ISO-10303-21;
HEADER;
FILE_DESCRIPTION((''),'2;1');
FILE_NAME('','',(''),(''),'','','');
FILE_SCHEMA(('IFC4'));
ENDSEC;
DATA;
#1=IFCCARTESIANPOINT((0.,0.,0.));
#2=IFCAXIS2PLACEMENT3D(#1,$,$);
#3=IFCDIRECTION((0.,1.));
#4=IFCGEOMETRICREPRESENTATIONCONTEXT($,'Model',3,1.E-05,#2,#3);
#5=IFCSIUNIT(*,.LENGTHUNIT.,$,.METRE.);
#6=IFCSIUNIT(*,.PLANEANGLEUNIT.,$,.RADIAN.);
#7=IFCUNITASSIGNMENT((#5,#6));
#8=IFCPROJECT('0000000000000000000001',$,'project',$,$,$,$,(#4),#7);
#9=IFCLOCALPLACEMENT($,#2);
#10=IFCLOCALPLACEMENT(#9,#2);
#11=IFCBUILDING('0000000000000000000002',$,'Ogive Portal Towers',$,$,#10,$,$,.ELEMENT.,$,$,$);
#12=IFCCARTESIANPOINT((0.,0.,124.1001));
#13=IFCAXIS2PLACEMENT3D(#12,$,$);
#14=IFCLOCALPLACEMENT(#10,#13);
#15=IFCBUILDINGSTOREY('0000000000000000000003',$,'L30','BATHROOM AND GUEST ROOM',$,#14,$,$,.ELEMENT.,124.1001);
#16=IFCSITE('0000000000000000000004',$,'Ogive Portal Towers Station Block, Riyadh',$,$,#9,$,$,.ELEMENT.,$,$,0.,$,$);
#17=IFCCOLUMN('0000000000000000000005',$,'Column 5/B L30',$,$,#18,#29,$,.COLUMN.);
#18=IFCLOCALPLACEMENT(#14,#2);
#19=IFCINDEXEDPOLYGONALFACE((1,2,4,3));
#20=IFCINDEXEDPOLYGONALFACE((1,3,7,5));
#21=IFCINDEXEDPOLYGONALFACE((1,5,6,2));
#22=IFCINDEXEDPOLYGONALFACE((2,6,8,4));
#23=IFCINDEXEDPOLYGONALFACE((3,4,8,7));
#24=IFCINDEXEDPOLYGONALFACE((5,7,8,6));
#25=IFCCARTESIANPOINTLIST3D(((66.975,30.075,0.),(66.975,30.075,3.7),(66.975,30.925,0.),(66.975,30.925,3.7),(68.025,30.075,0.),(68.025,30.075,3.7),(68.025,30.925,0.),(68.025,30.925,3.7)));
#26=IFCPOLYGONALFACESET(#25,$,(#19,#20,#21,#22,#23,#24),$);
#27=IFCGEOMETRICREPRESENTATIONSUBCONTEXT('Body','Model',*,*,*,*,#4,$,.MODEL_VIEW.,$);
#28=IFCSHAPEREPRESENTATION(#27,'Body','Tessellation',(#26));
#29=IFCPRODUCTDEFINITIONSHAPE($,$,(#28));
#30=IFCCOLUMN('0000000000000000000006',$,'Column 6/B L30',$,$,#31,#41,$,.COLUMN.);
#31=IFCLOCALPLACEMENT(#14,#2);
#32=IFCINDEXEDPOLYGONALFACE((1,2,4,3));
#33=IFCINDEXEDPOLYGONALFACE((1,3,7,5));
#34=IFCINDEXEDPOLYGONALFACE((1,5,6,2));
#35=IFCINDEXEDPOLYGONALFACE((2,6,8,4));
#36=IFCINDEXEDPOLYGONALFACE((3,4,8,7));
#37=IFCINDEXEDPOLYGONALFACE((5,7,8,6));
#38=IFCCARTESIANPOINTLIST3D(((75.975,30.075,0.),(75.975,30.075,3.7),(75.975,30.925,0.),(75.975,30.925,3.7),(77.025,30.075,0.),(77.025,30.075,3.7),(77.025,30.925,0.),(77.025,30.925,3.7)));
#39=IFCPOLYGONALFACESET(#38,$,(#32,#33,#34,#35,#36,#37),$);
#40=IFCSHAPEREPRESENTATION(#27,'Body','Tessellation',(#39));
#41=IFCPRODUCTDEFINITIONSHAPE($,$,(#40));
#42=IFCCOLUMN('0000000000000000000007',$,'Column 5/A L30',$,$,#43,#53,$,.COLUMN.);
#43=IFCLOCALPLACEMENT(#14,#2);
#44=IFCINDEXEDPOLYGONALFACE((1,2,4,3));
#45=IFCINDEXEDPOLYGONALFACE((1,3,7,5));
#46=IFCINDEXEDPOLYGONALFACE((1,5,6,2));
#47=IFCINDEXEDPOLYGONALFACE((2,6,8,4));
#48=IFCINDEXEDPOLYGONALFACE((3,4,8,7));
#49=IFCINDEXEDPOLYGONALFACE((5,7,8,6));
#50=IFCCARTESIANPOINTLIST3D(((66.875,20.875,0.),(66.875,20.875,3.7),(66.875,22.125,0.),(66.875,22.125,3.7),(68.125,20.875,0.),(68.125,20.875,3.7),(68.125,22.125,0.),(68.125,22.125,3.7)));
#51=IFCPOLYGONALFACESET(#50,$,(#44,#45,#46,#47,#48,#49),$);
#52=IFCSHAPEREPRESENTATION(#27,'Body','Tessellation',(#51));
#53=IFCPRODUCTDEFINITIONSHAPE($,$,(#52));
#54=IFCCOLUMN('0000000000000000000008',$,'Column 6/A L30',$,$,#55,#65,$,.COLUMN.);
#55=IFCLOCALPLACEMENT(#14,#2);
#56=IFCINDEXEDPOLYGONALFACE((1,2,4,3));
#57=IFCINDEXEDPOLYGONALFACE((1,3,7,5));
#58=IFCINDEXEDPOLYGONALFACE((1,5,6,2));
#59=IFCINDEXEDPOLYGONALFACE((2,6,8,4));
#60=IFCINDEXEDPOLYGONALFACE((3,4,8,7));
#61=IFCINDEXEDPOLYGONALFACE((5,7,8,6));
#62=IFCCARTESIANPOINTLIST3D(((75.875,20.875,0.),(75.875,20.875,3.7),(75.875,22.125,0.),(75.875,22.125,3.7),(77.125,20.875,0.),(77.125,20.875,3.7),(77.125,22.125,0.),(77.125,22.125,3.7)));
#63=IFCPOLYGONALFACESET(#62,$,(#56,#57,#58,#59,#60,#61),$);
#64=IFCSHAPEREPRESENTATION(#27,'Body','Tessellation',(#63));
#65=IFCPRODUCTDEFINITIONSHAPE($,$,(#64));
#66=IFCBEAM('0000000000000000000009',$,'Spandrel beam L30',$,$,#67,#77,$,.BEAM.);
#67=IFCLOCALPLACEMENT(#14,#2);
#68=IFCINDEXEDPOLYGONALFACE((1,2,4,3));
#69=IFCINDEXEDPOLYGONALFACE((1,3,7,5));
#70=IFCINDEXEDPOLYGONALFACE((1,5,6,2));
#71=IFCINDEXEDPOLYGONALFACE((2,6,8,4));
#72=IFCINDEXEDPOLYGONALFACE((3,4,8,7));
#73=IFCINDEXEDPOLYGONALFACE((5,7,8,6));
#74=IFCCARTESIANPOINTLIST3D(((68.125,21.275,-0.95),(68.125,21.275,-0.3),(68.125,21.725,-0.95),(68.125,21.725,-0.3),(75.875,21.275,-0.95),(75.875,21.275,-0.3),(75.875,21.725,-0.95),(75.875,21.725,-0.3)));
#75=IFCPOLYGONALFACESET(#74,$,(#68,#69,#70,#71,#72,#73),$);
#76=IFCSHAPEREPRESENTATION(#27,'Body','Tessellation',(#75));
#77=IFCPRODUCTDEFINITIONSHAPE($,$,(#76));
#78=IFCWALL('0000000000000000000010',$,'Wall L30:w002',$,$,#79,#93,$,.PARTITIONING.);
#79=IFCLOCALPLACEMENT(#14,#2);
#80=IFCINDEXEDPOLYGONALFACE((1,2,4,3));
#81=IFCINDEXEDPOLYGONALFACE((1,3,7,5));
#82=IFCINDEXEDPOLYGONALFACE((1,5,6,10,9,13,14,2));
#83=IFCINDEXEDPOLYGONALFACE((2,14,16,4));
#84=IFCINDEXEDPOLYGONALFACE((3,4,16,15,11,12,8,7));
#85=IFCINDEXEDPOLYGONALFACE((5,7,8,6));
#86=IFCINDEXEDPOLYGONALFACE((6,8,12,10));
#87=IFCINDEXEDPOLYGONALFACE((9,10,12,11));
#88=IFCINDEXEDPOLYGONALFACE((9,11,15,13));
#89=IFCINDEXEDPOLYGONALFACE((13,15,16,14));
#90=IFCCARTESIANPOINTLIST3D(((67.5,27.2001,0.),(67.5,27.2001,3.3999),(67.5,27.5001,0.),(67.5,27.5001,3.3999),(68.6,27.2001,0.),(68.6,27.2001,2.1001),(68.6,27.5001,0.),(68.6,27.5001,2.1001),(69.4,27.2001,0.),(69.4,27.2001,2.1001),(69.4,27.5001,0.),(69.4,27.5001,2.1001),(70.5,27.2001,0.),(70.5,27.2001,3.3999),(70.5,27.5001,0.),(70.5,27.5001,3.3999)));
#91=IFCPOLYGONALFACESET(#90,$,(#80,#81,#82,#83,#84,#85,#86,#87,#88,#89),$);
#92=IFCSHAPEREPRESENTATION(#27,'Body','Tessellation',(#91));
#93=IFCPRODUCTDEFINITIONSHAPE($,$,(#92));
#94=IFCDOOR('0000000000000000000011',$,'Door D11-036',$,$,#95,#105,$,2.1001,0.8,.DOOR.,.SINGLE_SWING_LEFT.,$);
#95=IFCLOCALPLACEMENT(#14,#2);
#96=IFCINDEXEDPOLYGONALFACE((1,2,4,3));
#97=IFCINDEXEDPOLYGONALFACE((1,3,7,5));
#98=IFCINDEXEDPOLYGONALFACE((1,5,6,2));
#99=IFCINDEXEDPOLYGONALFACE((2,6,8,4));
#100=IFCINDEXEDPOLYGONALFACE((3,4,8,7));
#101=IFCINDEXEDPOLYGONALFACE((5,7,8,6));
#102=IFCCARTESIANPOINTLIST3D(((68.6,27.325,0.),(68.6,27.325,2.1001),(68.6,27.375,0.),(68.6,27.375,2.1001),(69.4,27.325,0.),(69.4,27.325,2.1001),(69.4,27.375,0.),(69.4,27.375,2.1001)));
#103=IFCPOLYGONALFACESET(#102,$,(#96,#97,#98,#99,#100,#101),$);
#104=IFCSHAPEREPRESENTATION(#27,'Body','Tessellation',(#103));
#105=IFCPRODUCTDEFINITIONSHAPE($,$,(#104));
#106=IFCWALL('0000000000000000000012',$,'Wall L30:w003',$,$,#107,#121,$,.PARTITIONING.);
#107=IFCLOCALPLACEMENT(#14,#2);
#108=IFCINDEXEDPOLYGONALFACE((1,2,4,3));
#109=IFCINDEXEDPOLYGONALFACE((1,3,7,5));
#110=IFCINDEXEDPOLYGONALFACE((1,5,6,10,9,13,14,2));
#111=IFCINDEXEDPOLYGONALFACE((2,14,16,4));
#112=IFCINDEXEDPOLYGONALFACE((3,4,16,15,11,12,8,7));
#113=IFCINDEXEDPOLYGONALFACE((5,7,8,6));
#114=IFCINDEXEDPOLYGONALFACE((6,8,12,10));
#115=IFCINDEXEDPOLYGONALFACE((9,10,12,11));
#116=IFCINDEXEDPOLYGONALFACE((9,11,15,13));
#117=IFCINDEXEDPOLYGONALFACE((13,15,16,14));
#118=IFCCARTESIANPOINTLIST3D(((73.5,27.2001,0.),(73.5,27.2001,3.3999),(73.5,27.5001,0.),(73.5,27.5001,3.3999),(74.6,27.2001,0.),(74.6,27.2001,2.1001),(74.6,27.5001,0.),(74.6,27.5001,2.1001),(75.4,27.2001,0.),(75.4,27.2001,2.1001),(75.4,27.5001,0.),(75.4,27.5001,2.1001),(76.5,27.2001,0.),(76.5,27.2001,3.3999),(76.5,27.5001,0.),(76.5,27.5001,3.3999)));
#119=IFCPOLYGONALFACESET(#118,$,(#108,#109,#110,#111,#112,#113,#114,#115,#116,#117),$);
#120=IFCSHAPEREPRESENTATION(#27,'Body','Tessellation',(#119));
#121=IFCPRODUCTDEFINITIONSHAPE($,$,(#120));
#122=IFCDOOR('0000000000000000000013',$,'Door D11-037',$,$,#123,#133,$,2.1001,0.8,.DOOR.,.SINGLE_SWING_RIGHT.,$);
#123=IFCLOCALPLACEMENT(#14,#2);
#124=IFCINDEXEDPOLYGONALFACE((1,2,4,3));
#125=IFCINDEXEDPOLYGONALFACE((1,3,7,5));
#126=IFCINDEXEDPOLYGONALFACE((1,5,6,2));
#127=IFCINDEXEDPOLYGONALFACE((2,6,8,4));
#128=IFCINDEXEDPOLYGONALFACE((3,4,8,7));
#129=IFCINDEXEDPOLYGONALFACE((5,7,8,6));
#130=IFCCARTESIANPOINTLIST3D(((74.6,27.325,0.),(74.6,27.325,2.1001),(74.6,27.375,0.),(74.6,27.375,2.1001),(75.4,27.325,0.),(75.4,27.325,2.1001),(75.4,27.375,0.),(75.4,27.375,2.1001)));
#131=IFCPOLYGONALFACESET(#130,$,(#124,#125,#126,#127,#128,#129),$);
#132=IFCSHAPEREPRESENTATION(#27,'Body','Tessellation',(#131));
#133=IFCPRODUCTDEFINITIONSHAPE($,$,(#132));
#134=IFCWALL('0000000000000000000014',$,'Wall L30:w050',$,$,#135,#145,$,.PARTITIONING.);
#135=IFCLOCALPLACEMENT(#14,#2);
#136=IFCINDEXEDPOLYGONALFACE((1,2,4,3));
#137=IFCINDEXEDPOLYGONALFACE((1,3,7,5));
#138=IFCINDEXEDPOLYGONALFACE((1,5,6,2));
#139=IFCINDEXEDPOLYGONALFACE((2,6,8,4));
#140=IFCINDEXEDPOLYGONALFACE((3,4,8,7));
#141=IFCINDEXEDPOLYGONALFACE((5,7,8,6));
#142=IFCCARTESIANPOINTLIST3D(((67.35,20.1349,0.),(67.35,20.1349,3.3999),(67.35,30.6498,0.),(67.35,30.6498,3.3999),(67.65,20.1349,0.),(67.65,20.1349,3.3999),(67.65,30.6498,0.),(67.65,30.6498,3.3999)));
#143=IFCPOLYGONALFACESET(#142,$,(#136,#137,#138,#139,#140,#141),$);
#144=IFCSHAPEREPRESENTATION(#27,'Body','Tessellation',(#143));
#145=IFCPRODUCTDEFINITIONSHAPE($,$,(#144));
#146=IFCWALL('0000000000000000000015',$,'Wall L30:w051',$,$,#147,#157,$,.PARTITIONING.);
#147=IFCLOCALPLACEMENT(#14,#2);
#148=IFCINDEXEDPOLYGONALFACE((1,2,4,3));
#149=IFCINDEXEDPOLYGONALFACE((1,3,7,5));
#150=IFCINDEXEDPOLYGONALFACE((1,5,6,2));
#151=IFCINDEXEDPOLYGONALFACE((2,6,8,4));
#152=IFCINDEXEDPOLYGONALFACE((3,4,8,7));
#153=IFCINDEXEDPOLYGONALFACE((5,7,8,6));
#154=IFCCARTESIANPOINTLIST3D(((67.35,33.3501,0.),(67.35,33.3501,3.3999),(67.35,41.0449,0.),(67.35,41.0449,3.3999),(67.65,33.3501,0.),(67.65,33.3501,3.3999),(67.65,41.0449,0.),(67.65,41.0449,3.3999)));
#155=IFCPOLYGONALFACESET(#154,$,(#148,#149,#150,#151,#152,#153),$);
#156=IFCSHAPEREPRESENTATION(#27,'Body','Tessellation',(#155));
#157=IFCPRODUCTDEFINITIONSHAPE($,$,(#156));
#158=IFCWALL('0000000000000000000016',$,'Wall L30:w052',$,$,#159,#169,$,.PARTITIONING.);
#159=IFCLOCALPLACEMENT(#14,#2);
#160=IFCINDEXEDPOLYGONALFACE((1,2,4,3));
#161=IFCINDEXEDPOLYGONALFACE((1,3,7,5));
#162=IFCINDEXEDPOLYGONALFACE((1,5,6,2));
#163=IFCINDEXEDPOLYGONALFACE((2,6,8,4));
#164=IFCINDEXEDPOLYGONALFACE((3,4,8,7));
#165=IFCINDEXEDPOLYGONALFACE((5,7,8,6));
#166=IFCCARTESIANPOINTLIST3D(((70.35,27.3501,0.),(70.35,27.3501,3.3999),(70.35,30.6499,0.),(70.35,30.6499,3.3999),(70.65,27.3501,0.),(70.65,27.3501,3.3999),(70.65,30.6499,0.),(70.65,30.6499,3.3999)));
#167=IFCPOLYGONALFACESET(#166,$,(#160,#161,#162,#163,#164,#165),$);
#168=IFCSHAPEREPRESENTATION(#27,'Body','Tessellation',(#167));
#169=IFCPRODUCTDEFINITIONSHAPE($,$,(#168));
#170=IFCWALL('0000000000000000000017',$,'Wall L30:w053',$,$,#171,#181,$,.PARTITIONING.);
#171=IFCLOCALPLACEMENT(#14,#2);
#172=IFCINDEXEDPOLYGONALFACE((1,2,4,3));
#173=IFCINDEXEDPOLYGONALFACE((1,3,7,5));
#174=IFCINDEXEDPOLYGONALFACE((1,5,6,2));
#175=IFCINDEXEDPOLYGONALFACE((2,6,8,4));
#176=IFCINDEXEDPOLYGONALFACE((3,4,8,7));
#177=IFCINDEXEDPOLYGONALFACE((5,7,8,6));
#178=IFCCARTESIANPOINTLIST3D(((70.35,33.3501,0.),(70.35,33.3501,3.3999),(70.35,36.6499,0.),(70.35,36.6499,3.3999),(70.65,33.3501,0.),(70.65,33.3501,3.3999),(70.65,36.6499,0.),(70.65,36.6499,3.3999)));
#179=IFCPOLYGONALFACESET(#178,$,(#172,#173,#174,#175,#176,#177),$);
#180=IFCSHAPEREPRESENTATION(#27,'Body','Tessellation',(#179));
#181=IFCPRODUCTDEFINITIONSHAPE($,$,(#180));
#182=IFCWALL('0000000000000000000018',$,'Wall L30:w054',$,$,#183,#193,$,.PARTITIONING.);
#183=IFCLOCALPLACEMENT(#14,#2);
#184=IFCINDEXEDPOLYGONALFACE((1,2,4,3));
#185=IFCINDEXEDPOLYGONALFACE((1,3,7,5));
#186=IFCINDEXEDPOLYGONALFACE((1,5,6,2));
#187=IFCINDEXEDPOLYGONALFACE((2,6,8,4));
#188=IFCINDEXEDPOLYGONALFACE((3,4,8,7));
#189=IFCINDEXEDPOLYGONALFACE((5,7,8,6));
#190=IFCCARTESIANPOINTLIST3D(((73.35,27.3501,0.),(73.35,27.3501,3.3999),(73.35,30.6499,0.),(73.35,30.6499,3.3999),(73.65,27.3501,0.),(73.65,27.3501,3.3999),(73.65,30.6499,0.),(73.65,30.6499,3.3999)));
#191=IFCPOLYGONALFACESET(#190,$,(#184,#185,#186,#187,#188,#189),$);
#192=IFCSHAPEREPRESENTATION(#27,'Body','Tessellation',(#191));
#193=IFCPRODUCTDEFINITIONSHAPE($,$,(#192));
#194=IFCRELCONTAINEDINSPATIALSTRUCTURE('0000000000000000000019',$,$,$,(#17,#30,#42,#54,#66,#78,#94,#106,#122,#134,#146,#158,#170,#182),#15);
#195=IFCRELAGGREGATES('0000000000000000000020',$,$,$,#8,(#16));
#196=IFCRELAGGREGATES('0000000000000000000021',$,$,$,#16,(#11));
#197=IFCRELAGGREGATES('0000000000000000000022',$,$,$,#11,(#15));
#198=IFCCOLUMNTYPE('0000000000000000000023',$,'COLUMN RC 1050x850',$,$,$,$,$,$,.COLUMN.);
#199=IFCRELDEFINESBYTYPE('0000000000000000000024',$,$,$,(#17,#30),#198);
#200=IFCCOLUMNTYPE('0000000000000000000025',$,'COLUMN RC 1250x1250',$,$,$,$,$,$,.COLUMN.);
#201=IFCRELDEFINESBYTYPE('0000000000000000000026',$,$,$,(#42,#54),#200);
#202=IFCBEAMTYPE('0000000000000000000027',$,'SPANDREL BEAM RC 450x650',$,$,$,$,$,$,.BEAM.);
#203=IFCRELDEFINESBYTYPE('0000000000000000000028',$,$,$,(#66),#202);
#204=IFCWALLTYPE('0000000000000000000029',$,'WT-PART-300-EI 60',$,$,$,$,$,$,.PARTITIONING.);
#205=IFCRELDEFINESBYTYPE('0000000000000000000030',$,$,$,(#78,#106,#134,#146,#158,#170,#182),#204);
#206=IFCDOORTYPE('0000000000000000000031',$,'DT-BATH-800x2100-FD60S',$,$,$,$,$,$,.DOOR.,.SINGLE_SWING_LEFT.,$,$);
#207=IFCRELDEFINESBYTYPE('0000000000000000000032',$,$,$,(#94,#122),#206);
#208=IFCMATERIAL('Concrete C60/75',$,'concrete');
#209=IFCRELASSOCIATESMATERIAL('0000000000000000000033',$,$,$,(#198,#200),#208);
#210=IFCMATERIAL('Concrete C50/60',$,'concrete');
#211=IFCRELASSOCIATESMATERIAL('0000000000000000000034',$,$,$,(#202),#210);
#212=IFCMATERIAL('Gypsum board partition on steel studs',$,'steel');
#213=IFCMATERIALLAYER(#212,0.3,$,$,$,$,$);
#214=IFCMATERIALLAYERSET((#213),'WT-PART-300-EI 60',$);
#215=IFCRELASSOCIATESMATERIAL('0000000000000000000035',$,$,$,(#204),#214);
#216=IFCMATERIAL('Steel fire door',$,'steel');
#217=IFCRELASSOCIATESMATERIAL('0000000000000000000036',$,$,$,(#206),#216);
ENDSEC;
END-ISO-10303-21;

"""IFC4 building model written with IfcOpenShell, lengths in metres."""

from ifc_helpers import new_model, si_unit, direction, frame, frame_2d, origin, origin_2d, place, context, subcontext, project, spatial, rectangle, extrude, material, layer, layer_set, material_profile, profile_set, type_object, element, fill, save


model = new_model("IFC4")

# Units and contexts
model_context = context("Model", 3, precision=1e-05, world=origin(), true_north=direction((0.0, 1.0)))
body_context = subcontext(model_context, "Body", "Model", "MODEL_VIEW")
ifc_project = project(units=[si_unit("LENGTHUNIT", "METRE"), si_unit("PLANEANGLEUNIT", "RADIAN")], contexts=[model_context])

# Site, building, storey
site_placement = place(None, origin())
site = spatial("IfcSite", under=ifc_project, at=site_placement, Name="Ogive Portal Towers Station Block, Riyadh", CompositionType="ELEMENT", RefElevation=0.0)
building_placement = place(site_placement, origin())
building = spatial("IfcBuilding", under=site, at=building_placement, Name="Ogive Portal Towers", CompositionType="ELEMENT")
storey_placement = place(building_placement, frame((0.0, 0.0, 124.1001)))
storey = spatial("IfcBuildingStorey", under=building, at=storey_placement, Name="L30", Description="BATHROOM AND GUEST ROOM", CompositionType="ELEMENT", Elevation=124.1001)

# Columns
ifc_material_1 = material(Name="Concrete C60/75", Category="concrete")
ifc_material_profile_1 = material_profile(ifc_material_1, rectangle(XDim=1.05, YDim=0.8501, at=origin_2d()), Name="RC 1050x850")
ifc_profile_set_1 = profile_set([ifc_material_profile_1], Name="Concrete C60/75")
column_type_1 = type_object("IfcColumnType", Name="COLUMN RC 1050x850", PredefinedType="COLUMN", material=ifc_profile_set_1)
for number, where, z_axis, x_axis, name in (
    (1, (67.5, 30.5, 0.0), (0.0, 0.0, 1.0), (1.0, 0.0, 0.0), "Column 5/B L30"),
    (2, (76.5, 30.5, 0.0), (0.0, 0.0, 1.0), (1.0, 0.0, 0.0), "Column 6/B L30"),
):
    element("IfcColumn", number, at=place(storey_placement, frame(where, z_axis=z_axis, x_axis=x_axis)), inside=storey, type_object=column_type_1, Name=name, PredefinedType="COLUMN", context=body_context, shape_type="SweptSolid", body=[
        extrude(rectangle(XDim=1.05, YDim=0.8501, at=origin_2d()), origin(), (0.0, 0.0, 1.0), 3.7),
    ])
ifc_material_profile_2 = material_profile(ifc_material_1, rectangle(XDim=1.25, YDim=1.25, at=origin_2d()), Name="RC 1250x1250")
ifc_profile_set_2 = profile_set([ifc_material_profile_2], Name="Concrete C60/75")
column_type_2 = type_object("IfcColumnType", Name="COLUMN RC 1250x1250", PredefinedType="COLUMN", material=ifc_profile_set_2)
for number, where, z_axis, x_axis, name in (
    (3, (67.5, 21.5, 0.0), (0.0, 0.0, 1.0), (1.0, 0.0, 0.0), "Column 5/A L30"),
    (4, (76.5, 21.5, 0.0), (0.0, 0.0, 1.0), (1.0, 0.0, 0.0), "Column 6/A L30"),
):
    element("IfcColumn", number, at=place(storey_placement, frame(where, z_axis=z_axis, x_axis=x_axis)), inside=storey, type_object=column_type_2, Name=name, PredefinedType="COLUMN", context=body_context, shape_type="SweptSolid", body=[
        extrude(rectangle(XDim=1.25, YDim=1.25, at=origin_2d()), origin(), (0.0, 0.0, 1.0), 3.7),
    ])

# Beam
ifc_material_2 = material(Name="Concrete C50/60", Category="concrete")
ifc_material_profile_3 = material_profile(ifc_material_2, rectangle(XDim=0.45, YDim=0.6499, at=origin_2d()), Name="RC 450x650")
ifc_profile_set_3 = profile_set([ifc_material_profile_3], Name="Concrete C50/60")
beam_type = type_object("IfcBeamType", Name="SPANDREL BEAM RC 450x650", PredefinedType="BEAM", material=ifc_profile_set_3)
beam_placement = place(storey_placement, frame((75.875, 21.5, -0.625), z_axis=(-1.0, 0.0, 0.0), x_axis=(0.0, -1.0, 0.0)))
element("IfcBeam", 5, at=beam_placement, inside=storey, type_object=beam_type, Name="Spandrel beam L30", PredefinedType="BEAM", context=body_context, shape_type="SweptSolid", body=[
    extrude(rectangle(XDim=0.45, YDim=0.6499, at=origin_2d()), origin(), (0.0, 0.0, 1.0), 7.75),
])

# Walls, openings, doors
ifc_material_3 = material(Name="Gypsum board partition on steel studs", Category="steel")
ifc_layer_1 = layer(ifc_material_3, 0.3)
ifc_layer_set_1 = layer_set([ifc_layer_1], Name="WT-PART-300-EI 60")
wall_type = type_object("IfcWallType", Name="WT-PART-300-EI 60", PredefinedType="PARTITIONING", material=ifc_layer_set_1)
wall_1_placement = place(storey_placement, frame((67.5, 27.3501, 0.0), z_axis=(0.0, 0.0, 1.0), x_axis=(1.0, 0.0, 0.0)))
wall_1 = element("IfcWall", 6, at=wall_1_placement, inside=storey, type_object=wall_type, Name="Wall L30:w002", PredefinedType="PARTITIONING", context=body_context, shape_type="SweptSolid", body=[
    extrude(rectangle(XDim=3.0, YDim=0.3, at=frame_2d((1.5, 0.0))), origin(), (0.0, 0.0, 1.0), 3.3999),
])
opening_1_placement = place(wall_1_placement, frame((1.1001, 0.0, 0.0)))
opening_1 = element("IfcOpeningElement", 7, at=opening_1_placement, cuts=wall_1, PredefinedType="OPENING", context=body_context, shape_type="SweptSolid", body=[
    extrude(rectangle(XDim=0.8, YDim=2.1001, at=frame_2d((0.3999, 1.05))), frame((0.0, 0.1602, 0.0), z_axis=(0.0, -1.0, 0.0), x_axis=(1.0, 0.0, 0.0)), (0.0, 0.0, 1.0), 0.3201),
])
ifc_material_4 = material(Name="Steel fire door", Category="steel")
door_type = type_object("IfcDoorType", Name="DT-BATH-800x2100-FD60S", OperationType="SINGLE_SWING_LEFT", PredefinedType="DOOR", material=ifc_material_4)
door_1_placement = place(opening_1_placement, origin())
door_1 = element("IfcDoor", 8, at=door_1_placement, inside=storey, type_object=door_type, Name="Door D11-036", OperationType="SINGLE_SWING_LEFT", OverallHeight=2.1001, OverallWidth=0.8, PredefinedType="DOOR", context=body_context, shape_type="SweptSolid", body=[
    extrude(rectangle(XDim=0.8, YDim=2.1001, at=frame_2d((0.3999, 1.05))), frame((0.0, 0.0249, 0.0), z_axis=(0.0, -1.0, 0.0), x_axis=(1.0, 0.0, 0.0)), (0.0, 0.0, 1.0), 0.05),
])
fill(opening_1, door_1)
wall_2_placement = place(storey_placement, frame((73.5, 27.3501, 0.0), z_axis=(0.0, 0.0, 1.0), x_axis=(1.0, 0.0, 0.0)))
wall_2 = element("IfcWall", 9, at=wall_2_placement, inside=storey, type_object=wall_type, Name="Wall L30:w003", PredefinedType="PARTITIONING", context=body_context, shape_type="SweptSolid", body=[
    extrude(rectangle(XDim=3.0, YDim=0.3, at=frame_2d((1.5, 0.0))), origin(), (0.0, 0.0, 1.0), 3.3999),
])
opening_2_placement = place(wall_2_placement, frame((1.1001, 0.0, 0.0)))
opening_2 = element("IfcOpeningElement", 10, at=opening_2_placement, cuts=wall_2, PredefinedType="OPENING", context=body_context, shape_type="SweptSolid", body=[
    extrude(rectangle(XDim=0.8, YDim=2.1001, at=frame_2d((0.3999, 1.05))), frame((0.0, 0.1602, 0.0), z_axis=(0.0, -1.0, 0.0), x_axis=(1.0, 0.0, 0.0)), (0.0, 0.0, 1.0), 0.3201),
])
door_2_placement = place(opening_2_placement, origin())
door_2 = element("IfcDoor", 11, at=door_2_placement, inside=storey, type_object=door_type, Name="Door D11-037", OperationType="SINGLE_SWING_RIGHT", OverallHeight=2.1001, OverallWidth=0.8, PredefinedType="DOOR", context=body_context, shape_type="SweptSolid", body=[
    extrude(rectangle(XDim=0.8, YDim=2.1001, at=frame_2d((0.3999, 1.05))), frame((0.0, 0.0249, 0.0), z_axis=(0.0, -1.0, 0.0), x_axis=(1.0, 0.0, 0.0)), (0.0, 0.0, 1.0), 0.05),
])
fill(opening_2, door_2)

# Walls
wall_3_placement = place(storey_placement, frame((67.5, 20.135, 0.0), z_axis=(0.0, 0.0, 1.0), x_axis=(0.0, 1.0, 0.0)))
element("IfcWall", 12, at=wall_3_placement, inside=storey, type_object=wall_type, Name="Wall L30:w050", PredefinedType="PARTITIONING", context=body_context, shape_type="SweptSolid", body=[
    extrude(rectangle(XDim=10.5149, YDim=0.3, at=frame_2d((5.2573, 0.0))), origin(), (0.0, 0.0, 1.0), 3.3999),
])
wall_4_placement = place(storey_placement, frame((67.5, 33.3501, 0.0), z_axis=(0.0, 0.0, 1.0), x_axis=(0.0, 1.0, 0.0)))
element("IfcWall", 13, at=wall_4_placement, inside=storey, type_object=wall_type, Name="Wall L30:w051", PredefinedType="PARTITIONING", context=body_context, shape_type="SweptSolid", body=[
    extrude(rectangle(XDim=7.6948, YDim=0.3, at=frame_2d((3.8474, 0.0))), origin(), (0.0, 0.0, 1.0), 3.3999),
])
for number, where, z_axis, x_axis, name in (
    (14, (70.5, 27.3501, 0.0), (0.0, 0.0, 1.0), (0.0, 1.0, 0.0), "Wall L30:w052"),
    (15, (70.5, 33.3501, 0.0), (0.0, 0.0, 1.0), (0.0, 1.0, 0.0), "Wall L30:w053"),
    (16, (73.5, 27.3501, 0.0), (0.0, 0.0, 1.0), (0.0, 1.0, 0.0), "Wall L30:w054"),
):
    element("IfcWall", number, at=place(storey_placement, frame(where, z_axis=z_axis, x_axis=x_axis)), inside=storey, type_object=wall_type, Name=name, PredefinedType="PARTITIONING", context=body_context, shape_type="SweptSolid", body=[
        extrude(rectangle(XDim=3.2998, YDim=0.3, at=frame_2d((1.6499, 0.0))), origin(), (0.0, 0.0, 1.0), 3.3999),
    ])

save(model, "model.ifc")
